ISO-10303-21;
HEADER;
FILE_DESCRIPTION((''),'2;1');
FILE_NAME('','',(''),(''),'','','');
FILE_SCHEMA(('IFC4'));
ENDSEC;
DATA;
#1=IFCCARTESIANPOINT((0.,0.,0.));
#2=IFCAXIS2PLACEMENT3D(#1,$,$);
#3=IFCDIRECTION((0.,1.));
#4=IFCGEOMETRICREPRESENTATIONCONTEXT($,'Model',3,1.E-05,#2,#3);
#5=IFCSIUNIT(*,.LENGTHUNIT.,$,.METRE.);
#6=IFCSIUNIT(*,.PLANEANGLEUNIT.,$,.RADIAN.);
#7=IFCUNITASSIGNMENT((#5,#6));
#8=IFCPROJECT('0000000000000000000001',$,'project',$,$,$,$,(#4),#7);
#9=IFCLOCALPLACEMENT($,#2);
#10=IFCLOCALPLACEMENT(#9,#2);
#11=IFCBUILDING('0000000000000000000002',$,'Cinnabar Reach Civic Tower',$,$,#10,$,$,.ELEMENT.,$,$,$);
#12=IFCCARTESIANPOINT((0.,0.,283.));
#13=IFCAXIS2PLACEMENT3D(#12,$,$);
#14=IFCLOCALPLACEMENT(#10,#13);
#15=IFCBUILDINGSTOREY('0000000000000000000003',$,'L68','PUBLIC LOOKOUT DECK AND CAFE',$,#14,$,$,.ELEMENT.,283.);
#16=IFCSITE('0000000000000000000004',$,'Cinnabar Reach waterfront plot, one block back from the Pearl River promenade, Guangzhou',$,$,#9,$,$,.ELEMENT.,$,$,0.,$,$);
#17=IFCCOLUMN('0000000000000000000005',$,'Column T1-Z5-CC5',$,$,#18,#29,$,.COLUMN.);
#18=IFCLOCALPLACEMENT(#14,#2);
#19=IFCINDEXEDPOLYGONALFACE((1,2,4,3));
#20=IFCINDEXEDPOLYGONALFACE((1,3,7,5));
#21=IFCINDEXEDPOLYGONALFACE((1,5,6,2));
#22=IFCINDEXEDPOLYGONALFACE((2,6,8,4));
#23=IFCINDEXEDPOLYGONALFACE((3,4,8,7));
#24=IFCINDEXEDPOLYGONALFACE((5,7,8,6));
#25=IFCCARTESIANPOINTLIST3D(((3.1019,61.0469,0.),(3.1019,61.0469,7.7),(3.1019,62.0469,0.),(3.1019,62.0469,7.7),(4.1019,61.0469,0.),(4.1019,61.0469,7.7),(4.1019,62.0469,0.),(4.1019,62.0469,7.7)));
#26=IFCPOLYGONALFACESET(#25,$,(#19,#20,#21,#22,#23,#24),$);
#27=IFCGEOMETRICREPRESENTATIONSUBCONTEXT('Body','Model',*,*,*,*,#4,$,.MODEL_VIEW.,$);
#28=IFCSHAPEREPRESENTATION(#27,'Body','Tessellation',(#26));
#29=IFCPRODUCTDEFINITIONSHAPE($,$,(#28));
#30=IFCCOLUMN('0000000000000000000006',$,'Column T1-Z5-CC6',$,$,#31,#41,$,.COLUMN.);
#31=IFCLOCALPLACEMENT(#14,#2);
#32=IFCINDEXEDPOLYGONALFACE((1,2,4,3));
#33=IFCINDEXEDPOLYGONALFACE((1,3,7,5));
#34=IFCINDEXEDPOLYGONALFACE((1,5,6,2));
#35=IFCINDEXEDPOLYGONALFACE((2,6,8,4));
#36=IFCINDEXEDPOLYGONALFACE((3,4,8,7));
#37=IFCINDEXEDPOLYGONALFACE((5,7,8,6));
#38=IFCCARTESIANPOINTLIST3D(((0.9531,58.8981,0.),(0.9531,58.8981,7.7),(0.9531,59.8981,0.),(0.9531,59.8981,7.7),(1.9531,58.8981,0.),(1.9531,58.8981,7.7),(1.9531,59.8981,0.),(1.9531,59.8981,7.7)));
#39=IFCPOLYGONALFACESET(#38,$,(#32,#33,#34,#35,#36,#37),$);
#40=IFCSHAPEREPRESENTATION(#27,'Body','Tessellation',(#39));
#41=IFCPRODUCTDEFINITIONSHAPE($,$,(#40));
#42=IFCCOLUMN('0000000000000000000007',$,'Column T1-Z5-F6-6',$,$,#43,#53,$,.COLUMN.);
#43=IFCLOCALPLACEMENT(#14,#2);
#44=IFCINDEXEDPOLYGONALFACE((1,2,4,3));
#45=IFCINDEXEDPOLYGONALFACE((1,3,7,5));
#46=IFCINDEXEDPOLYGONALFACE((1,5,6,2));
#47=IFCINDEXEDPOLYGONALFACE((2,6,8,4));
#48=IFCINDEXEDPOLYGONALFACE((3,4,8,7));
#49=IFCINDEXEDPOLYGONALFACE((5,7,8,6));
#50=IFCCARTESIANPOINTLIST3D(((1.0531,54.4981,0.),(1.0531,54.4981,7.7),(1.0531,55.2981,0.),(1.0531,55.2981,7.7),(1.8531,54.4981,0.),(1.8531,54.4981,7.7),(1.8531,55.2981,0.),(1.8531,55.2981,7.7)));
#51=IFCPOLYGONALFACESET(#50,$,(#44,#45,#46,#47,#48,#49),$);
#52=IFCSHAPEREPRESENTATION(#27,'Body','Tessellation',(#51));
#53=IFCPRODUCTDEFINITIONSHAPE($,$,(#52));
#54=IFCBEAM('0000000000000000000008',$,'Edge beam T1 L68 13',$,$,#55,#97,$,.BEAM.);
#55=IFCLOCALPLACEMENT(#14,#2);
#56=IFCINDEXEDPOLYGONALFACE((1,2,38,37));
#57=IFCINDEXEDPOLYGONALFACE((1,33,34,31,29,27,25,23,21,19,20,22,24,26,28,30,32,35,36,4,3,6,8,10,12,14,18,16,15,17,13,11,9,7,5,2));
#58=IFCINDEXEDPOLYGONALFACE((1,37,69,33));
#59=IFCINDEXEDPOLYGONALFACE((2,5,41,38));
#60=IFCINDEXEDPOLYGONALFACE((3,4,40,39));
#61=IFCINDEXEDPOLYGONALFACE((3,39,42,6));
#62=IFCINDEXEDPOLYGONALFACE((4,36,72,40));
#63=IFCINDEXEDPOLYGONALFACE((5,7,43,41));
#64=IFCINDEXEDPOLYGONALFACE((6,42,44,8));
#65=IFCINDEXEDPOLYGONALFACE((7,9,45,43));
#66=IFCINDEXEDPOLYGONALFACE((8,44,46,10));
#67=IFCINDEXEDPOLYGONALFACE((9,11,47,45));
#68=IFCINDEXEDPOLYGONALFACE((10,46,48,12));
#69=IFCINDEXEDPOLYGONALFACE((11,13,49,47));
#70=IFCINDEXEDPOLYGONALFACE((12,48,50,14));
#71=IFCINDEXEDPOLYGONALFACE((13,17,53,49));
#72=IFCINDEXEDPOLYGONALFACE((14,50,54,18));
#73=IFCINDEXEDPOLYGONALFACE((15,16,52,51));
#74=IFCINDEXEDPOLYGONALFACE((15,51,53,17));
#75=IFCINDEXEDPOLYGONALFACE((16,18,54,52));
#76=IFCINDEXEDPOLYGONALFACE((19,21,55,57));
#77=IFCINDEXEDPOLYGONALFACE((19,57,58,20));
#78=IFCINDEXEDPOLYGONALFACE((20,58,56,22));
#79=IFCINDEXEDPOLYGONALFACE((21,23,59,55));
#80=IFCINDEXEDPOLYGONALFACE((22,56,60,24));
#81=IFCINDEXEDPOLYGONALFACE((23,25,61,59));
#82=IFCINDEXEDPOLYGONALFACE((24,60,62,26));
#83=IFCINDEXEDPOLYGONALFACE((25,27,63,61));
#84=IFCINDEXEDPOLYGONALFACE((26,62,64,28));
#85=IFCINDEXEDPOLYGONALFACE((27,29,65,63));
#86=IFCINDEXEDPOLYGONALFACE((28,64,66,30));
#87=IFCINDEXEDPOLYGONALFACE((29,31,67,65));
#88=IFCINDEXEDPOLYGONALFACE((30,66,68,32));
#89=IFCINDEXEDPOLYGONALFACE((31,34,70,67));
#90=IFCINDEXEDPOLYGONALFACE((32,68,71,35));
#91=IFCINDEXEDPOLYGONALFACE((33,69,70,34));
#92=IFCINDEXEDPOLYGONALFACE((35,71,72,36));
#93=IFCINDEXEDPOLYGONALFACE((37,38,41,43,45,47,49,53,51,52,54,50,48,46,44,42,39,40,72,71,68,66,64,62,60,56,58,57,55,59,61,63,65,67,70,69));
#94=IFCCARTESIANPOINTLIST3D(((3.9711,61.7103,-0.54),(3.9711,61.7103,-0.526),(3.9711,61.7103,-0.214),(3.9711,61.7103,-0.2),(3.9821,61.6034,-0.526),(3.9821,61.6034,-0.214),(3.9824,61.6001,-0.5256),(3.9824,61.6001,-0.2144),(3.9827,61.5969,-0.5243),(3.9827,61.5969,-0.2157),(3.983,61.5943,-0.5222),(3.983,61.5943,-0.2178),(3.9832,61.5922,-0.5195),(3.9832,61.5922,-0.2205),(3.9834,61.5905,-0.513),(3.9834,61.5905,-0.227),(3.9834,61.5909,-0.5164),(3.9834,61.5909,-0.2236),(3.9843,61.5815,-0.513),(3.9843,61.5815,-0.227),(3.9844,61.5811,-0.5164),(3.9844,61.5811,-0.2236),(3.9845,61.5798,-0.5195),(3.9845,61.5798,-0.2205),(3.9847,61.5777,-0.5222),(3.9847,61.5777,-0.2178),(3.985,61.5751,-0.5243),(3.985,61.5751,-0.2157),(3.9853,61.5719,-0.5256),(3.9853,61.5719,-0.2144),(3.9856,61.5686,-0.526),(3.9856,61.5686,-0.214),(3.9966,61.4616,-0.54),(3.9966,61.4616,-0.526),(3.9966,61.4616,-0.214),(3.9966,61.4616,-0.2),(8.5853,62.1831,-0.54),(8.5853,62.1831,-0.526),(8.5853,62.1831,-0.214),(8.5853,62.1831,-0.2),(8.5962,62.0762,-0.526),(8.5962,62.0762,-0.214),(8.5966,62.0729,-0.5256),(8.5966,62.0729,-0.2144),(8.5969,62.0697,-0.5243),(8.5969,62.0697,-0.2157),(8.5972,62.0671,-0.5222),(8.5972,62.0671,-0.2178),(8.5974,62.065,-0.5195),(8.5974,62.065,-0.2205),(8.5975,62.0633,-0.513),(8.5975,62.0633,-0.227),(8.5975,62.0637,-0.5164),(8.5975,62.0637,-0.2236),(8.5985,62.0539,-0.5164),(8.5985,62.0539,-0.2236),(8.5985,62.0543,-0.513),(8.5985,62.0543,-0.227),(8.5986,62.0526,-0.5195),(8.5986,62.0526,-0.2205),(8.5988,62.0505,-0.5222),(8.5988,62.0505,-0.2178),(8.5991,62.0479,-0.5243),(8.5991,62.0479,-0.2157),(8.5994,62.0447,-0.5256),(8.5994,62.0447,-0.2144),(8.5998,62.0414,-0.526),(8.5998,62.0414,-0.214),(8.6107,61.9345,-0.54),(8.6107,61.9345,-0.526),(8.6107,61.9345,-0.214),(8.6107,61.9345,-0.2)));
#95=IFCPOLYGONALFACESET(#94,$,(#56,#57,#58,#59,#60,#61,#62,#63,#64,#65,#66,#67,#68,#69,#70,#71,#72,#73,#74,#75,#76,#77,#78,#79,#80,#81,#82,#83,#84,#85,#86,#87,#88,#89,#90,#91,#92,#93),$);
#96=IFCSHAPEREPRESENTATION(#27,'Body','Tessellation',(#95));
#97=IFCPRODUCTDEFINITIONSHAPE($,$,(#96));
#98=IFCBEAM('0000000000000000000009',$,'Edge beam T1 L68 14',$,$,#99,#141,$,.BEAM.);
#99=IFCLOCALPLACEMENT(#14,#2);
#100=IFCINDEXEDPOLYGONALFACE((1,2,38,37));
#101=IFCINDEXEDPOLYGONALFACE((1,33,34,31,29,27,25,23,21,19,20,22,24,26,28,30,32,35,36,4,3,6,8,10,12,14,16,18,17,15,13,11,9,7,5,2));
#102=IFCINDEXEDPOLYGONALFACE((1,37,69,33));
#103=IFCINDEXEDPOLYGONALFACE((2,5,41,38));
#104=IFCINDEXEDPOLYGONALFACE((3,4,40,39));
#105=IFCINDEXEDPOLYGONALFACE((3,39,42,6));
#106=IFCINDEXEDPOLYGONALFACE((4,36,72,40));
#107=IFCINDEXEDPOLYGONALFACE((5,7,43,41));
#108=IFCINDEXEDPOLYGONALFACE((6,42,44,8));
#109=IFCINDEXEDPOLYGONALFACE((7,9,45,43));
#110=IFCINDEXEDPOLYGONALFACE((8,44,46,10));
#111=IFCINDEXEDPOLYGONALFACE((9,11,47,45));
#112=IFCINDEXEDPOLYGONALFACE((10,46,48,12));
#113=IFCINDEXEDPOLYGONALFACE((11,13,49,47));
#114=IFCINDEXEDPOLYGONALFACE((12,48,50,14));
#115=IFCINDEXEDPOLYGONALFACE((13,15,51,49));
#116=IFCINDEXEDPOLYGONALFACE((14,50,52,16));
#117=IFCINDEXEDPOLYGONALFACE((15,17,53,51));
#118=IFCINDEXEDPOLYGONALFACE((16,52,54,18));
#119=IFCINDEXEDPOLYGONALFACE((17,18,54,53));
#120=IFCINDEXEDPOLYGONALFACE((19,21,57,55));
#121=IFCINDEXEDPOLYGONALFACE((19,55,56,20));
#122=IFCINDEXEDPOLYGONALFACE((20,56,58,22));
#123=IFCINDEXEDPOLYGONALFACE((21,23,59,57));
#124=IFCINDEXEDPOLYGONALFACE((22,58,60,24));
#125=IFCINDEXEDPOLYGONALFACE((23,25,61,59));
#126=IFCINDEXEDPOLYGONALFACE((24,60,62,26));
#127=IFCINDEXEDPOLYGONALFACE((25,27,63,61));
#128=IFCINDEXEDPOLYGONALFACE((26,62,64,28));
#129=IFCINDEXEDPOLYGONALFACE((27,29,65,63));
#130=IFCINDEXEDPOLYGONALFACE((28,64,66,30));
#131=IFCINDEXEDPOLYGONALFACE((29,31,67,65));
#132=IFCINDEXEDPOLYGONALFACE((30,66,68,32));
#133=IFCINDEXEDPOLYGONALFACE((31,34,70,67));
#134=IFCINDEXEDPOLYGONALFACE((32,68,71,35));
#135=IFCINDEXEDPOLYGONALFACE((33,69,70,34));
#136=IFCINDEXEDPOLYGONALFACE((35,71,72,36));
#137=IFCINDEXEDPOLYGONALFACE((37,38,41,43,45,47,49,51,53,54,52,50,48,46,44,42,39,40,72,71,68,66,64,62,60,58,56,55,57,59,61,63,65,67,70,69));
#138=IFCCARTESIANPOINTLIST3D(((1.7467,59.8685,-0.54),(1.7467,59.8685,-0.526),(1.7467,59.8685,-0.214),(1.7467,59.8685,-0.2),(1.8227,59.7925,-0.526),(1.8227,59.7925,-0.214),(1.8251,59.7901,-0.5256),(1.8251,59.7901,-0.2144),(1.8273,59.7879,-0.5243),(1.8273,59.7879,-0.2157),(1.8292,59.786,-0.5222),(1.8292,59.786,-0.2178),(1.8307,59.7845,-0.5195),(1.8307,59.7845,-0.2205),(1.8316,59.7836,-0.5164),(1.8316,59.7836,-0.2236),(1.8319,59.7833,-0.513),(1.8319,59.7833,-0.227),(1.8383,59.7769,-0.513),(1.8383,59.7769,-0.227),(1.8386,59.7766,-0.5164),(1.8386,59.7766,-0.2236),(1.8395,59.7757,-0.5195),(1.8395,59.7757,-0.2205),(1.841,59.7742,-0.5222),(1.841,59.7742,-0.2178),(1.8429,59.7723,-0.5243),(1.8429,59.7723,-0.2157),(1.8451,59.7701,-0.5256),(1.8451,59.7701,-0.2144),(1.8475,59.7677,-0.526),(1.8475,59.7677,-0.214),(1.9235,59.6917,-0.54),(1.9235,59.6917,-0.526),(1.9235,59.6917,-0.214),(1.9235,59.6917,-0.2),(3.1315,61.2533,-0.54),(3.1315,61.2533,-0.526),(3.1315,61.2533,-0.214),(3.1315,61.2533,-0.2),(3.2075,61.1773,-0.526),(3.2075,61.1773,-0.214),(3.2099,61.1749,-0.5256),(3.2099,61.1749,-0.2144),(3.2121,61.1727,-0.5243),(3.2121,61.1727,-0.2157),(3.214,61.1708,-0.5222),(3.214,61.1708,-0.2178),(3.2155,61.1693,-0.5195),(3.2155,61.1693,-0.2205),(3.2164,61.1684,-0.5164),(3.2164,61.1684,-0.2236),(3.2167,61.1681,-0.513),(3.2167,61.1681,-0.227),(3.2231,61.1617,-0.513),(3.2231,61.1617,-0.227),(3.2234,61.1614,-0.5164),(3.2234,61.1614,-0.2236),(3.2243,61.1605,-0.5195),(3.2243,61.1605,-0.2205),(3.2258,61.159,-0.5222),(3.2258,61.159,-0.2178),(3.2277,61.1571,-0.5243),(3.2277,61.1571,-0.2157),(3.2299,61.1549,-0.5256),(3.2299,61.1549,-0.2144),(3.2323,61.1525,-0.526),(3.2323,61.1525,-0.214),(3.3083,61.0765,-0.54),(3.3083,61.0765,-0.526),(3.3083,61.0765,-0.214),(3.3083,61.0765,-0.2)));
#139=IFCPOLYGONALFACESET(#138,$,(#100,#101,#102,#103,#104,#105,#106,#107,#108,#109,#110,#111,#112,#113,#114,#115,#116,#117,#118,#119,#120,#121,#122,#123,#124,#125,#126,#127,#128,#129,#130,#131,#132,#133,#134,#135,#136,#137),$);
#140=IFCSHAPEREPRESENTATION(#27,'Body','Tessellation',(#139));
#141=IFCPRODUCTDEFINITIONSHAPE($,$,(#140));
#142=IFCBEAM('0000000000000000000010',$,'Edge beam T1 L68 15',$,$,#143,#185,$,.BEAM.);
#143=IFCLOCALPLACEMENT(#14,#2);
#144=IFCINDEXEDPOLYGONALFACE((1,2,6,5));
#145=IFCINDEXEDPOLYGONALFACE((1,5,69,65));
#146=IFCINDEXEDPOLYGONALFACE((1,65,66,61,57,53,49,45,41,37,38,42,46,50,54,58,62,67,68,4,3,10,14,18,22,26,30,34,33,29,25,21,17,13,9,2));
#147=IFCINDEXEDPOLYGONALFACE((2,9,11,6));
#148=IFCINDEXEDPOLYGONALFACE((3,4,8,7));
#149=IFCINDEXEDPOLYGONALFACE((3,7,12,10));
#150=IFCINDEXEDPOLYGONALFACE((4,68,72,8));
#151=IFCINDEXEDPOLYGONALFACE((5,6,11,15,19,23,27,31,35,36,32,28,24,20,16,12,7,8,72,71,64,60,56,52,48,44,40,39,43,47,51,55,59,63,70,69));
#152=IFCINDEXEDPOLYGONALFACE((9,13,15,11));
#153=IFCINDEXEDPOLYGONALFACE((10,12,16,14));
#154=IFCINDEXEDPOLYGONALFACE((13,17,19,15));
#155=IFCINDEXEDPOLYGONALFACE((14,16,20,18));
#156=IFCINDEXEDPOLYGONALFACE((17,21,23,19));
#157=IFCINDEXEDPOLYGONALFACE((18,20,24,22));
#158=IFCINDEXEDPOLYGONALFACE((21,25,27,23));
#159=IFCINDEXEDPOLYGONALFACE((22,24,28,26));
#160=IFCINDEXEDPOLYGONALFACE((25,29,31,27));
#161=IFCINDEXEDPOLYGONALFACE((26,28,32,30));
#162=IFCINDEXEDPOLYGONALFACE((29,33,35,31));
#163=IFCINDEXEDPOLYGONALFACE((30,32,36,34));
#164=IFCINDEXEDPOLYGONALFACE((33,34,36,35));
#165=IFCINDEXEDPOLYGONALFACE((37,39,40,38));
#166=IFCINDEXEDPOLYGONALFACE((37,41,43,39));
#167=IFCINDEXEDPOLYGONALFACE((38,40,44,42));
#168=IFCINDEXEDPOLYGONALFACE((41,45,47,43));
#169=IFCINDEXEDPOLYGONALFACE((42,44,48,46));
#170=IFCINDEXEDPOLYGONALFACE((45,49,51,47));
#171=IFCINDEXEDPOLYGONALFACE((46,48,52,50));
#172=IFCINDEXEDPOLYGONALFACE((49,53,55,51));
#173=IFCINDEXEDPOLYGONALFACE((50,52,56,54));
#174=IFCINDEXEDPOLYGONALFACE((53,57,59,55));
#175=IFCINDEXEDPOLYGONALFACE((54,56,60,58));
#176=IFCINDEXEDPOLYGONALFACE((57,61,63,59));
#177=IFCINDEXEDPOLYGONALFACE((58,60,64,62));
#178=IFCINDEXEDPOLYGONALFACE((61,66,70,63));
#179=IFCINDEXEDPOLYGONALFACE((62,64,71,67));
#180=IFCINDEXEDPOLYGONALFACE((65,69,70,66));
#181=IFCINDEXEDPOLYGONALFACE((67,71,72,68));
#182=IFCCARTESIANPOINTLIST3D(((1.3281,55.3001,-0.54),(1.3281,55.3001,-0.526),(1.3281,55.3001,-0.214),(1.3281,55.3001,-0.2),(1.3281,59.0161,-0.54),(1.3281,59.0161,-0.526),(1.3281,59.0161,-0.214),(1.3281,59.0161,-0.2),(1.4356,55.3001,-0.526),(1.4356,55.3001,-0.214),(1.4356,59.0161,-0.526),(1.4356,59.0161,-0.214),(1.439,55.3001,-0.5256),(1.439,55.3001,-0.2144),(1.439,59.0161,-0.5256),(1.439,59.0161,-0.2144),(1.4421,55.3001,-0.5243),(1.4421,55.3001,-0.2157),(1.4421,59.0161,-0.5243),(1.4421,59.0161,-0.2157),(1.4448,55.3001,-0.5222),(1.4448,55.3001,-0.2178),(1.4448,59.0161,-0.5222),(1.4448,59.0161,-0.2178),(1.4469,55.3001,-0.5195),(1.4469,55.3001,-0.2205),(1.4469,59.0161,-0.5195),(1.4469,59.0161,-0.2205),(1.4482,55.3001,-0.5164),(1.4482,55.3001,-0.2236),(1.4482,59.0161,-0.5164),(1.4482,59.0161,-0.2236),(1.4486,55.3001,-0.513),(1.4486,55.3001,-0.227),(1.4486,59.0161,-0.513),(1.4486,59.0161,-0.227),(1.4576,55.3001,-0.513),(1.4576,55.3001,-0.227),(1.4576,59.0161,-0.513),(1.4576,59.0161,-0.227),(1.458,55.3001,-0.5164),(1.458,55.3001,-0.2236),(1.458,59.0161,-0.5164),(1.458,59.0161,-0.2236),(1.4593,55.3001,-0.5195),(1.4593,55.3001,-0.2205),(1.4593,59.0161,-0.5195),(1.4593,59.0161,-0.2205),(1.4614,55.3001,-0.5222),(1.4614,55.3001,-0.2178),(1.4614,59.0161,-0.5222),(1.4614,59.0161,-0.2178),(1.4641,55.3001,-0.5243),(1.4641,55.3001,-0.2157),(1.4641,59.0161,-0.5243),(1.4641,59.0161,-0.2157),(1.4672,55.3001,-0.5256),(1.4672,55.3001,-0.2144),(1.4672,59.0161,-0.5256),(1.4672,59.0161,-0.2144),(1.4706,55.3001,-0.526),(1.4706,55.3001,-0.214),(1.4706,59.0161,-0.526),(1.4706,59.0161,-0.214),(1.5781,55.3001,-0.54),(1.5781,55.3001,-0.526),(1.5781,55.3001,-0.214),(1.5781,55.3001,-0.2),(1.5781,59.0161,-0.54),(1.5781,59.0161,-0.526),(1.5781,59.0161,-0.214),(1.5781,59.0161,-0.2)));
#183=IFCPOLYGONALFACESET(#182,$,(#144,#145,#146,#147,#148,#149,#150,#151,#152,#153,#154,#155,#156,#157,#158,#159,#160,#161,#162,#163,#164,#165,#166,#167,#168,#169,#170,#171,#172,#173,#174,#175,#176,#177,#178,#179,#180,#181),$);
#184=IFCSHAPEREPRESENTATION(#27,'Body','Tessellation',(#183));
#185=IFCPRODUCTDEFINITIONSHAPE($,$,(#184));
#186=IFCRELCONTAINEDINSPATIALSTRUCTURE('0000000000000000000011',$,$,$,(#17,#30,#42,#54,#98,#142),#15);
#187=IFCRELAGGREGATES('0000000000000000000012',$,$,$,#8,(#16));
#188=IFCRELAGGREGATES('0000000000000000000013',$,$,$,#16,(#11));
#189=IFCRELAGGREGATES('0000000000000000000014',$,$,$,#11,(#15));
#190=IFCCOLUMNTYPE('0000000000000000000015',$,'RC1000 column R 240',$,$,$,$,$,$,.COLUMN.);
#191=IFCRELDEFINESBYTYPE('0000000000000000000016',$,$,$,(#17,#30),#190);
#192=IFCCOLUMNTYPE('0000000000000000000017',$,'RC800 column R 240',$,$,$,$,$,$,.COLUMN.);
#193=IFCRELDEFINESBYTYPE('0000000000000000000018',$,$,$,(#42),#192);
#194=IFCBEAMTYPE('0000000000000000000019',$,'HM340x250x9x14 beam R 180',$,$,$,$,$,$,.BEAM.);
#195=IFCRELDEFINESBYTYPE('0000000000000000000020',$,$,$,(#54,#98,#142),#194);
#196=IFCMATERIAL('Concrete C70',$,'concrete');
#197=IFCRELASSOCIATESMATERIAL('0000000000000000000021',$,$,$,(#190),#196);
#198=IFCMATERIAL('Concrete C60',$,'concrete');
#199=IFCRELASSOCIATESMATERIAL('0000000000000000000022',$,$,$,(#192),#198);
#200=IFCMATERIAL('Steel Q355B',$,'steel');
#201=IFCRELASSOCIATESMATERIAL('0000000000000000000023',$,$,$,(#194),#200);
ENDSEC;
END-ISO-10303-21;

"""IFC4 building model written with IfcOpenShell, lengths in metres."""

from ifc_helpers import new_model, si_unit, direction, frame, origin, origin_2d, place, context, subcontext, project, spatial, rectangle, i_section, extrude, material, material_profile, profile_set, type_object, element, save


model = new_model("IFC4")

# Units and contexts
model_context = context("Model", 3, precision=1e-05, world=origin(), true_north=direction((0.0, 1.0)))
body_context = subcontext(model_context, "Body", "Model", "MODEL_VIEW")
ifc_project = project(units=[si_unit("LENGTHUNIT", "METRE"), si_unit("PLANEANGLEUNIT", "RADIAN")], contexts=[model_context])

# Site, building, storey
site_placement = place(None, origin())
site = spatial("IfcSite", under=ifc_project, at=site_placement, Name="Cinnabar Reach waterfront plot, one block back from the Pearl River promenade, Guangzhou", CompositionType="ELEMENT", RefElevation=0.0)
building_placement = place(site_placement, origin())
building = spatial("IfcBuilding", under=site, at=building_placement, Name="Cinnabar Reach Civic Tower", CompositionType="ELEMENT")
storey_placement = place(building_placement, frame((0.0, 0.0, 283.0)))
storey = spatial("IfcBuildingStorey", under=building, at=storey_placement, Name="L68", Description="PUBLIC LOOKOUT DECK AND CAFE", CompositionType="ELEMENT", Elevation=283.0)

# Columns
ifc_material_1 = material(Name="Concrete C70", Category="concrete")
ifc_material_profile_1 = material_profile(ifc_material_1, rectangle(XDim=1.0, YDim=1.0, at=origin_2d()), Name="RC1000")
ifc_profile_set_1 = profile_set([ifc_material_profile_1], Name="Concrete C70")
column_type_1 = type_object("IfcColumnType", Name="RC1000 column R 240", PredefinedType="COLUMN", material=ifc_profile_set_1)
for number, where, z_axis, x_axis, name in (
    (1, (3.6019, 61.5469, 0.0), (0.0, 0.0, 1.0), (1.0, 0.0, 0.0), "Column T1-Z5-CC5"),
    (2, (1.4531, 59.3981, 0.0), (0.0, 0.0, 1.0), (1.0, 0.0, 0.0), "Column T1-Z5-CC6"),
):
    element("IfcColumn", number, at=place(storey_placement, frame(where, z_axis=z_axis, x_axis=x_axis)), inside=storey, type_object=column_type_1, Name=name, PredefinedType="COLUMN", context=body_context, shape_type="SweptSolid", body=[
        extrude(rectangle(XDim=1.0, YDim=1.0, at=origin_2d()), origin(), (0.0, 0.0, 1.0), 7.7),
    ])
ifc_material_2 = material(Name="Concrete C60", Category="concrete")
ifc_material_profile_2 = material_profile(ifc_material_2, rectangle(XDim=0.8, YDim=0.8, at=origin_2d()), Name="RC800")
ifc_profile_set_2 = profile_set([ifc_material_profile_2], Name="Concrete C60")
column_type_2 = type_object("IfcColumnType", Name="RC800 column R 240", PredefinedType="COLUMN", material=ifc_profile_set_2)
column_placement = place(storey_placement, frame((1.4531, 54.8981, 0.0), z_axis=(0.0, 0.0, 1.0), x_axis=(1.0, 0.0, 0.0)))
element("IfcColumn", 3, at=column_placement, inside=storey, type_object=column_type_2, Name="Column T1-Z5-F6-6", PredefinedType="COLUMN", context=body_context, shape_type="SweptSolid", body=[
    extrude(rectangle(XDim=0.8, YDim=0.8, at=origin_2d()), origin(), (0.0, 0.0, 1.0), 7.7),
])

# Beams
ifc_material_3 = material(Name="Steel Q355B", Category="steel")
ifc_material_profile_3 = material_profile(ifc_material_3, i_section(OverallWidth=0.25, OverallDepth=0.34, WebThickness=0.009, FlangeThickness=0.014, FilletRadius=0.013, at=origin_2d()), Name="HM340x250x9x14")
ifc_profile_set_3 = profile_set([ifc_material_profile_3], Name="Steel Q355B")
beam_type_1 = type_object("IfcBeamType", Name="HM340x250x9x14 beam R 180", PredefinedType="BEAM", material=ifc_profile_set_3)
beam_1_placement = place(storey_placement, frame((8.598, 62.0588, -0.37), z_axis=(-0.994791, -0.101935, 0.0), x_axis=(0.101935, -0.994791, 0.0)))
element("IfcBeam", 4, at=beam_1_placement, inside=storey, type_object=beam_type_1, Name="Edge beam T1 L68 13", PredefinedType="BEAM", context=body_context, shape_type="SweptSolid", body=[
    extrude(i_section(OverallWidth=0.25, OverallDepth=0.34, WebThickness=0.009, FlangeThickness=0.014, FilletRadius=0.013, at=origin_2d()), origin(), (0.0, 0.0, 1.0), 4.6383),
])
beam_2_placement = place(storey_placement, frame((3.2199, 61.1649, -0.37), z_axis=(-0.707107, -0.707107, 0.0), x_axis=(0.707107, -0.707107, 0.0)))
element("IfcBeam", 5, at=beam_2_placement, inside=storey, type_object=beam_type_1, Name="Edge beam T1 L68 14", PredefinedType="BEAM", context=body_context, shape_type="SweptSolid", body=[
    extrude(i_section(OverallWidth=0.25, OverallDepth=0.34, WebThickness=0.009, FlangeThickness=0.014, FilletRadius=0.013, at=origin_2d()), origin(), (0.0, 0.0, 1.0), 1.9584),
])
beam_3_placement = place(storey_placement, frame((1.4531, 59.0161, -0.37), z_axis=(0.0, -1.0, 0.0), x_axis=(1.0, 0.0, 0.0)))
element("IfcBeam", 6, at=beam_3_placement, inside=storey, type_object=beam_type_1, Name="Edge beam T1 L68 15", PredefinedType="BEAM", context=body_context, shape_type="SweptSolid", body=[
    extrude(i_section(OverallWidth=0.25, OverallDepth=0.34, WebThickness=0.009, FlangeThickness=0.014, FilletRadius=0.013, at=origin_2d()), origin(), (0.0, 0.0, 1.0), 3.716),
])

save(model, "model.ifc")
